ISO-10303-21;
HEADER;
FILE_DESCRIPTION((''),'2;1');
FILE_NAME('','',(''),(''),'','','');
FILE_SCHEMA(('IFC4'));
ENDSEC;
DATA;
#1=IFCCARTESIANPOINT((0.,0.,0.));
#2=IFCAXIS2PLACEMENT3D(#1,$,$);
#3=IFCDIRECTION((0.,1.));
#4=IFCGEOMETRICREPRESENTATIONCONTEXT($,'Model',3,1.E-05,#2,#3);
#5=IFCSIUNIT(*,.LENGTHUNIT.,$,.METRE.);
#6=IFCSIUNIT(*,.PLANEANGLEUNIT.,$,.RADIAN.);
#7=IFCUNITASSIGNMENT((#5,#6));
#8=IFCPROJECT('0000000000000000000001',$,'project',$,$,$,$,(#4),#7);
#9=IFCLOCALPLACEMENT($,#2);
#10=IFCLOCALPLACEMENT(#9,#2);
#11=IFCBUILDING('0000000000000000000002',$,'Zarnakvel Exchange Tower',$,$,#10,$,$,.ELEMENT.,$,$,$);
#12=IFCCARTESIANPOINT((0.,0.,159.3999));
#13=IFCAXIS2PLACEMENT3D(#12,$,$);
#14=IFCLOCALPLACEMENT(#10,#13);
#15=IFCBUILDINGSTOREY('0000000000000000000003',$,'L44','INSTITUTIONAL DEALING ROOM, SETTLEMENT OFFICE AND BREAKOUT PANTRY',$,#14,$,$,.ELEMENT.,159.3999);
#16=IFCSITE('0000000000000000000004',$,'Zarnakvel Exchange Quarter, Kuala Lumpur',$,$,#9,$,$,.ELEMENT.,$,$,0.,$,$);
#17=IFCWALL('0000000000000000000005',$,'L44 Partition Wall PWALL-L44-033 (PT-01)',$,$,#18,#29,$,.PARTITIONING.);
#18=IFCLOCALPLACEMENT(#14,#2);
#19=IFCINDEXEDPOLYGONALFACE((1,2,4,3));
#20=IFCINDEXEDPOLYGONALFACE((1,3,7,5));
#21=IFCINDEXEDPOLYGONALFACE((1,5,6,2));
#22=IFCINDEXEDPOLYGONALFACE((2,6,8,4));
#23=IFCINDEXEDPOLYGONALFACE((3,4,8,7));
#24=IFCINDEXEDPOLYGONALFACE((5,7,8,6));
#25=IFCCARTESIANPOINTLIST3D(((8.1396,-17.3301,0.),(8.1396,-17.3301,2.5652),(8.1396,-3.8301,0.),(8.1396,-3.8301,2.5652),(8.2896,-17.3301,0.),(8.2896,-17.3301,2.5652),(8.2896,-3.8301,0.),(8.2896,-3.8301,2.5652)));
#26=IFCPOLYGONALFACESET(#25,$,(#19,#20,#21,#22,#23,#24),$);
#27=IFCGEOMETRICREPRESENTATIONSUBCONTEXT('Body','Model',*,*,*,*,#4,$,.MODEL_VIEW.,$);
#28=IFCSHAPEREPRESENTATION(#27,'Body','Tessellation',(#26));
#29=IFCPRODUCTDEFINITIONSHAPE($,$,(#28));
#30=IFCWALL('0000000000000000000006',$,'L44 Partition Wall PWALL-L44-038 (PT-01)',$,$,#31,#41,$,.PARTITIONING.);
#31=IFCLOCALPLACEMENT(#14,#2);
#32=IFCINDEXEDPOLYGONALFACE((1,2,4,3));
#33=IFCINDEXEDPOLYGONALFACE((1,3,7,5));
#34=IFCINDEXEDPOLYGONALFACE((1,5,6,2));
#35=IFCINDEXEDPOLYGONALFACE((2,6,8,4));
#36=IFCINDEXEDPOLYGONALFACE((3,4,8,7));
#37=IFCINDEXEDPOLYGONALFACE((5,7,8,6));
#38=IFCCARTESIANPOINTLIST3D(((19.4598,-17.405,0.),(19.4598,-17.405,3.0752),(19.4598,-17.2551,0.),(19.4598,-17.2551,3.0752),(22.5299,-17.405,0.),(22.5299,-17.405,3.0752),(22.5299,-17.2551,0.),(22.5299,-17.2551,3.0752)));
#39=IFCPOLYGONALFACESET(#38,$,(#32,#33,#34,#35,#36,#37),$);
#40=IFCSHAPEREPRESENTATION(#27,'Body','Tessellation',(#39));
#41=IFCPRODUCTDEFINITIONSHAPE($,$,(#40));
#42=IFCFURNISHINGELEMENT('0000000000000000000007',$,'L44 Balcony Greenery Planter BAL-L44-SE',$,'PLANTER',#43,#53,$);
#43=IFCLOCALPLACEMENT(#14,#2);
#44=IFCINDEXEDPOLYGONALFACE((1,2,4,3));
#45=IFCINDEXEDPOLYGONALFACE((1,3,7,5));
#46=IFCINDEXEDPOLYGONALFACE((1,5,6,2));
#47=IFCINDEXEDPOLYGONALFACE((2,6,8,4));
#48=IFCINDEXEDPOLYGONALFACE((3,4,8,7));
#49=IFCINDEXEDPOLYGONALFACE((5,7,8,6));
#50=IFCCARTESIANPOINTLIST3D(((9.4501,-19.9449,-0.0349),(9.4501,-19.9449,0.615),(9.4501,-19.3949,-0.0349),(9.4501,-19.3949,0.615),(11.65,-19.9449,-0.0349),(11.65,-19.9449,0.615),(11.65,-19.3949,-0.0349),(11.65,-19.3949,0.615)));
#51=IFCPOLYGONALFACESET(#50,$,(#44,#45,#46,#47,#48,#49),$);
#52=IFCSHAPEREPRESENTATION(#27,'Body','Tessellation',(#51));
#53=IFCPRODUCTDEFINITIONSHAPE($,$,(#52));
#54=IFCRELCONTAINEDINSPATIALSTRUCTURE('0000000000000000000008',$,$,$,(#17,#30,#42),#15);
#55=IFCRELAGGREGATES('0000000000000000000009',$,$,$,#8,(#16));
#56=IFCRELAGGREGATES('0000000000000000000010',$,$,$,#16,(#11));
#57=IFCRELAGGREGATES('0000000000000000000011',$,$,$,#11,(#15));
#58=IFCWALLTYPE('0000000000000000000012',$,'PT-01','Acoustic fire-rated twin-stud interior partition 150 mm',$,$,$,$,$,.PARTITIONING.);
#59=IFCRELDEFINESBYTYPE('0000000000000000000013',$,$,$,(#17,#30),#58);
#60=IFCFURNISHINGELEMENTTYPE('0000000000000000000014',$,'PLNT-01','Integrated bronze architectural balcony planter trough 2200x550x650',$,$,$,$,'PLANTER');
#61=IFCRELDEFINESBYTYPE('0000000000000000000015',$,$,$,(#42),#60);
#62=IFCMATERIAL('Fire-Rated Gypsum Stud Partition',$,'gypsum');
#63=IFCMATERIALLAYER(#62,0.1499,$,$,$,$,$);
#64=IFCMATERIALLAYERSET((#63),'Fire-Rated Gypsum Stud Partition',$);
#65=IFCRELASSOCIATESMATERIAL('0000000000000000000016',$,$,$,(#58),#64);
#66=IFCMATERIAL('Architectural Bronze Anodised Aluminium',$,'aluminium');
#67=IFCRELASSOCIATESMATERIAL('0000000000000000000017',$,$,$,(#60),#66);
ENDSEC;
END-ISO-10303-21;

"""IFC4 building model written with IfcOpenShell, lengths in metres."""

from ifc_helpers import new_model, si_unit, direction, frame, frame_2d, origin, origin_2d, place, context, subcontext, project, spatial, rectangle, extrude, source, transform, mapped, material, layer, layer_set, type_object, element, save


model = new_model("IFC4")

# Units and contexts
model_context = context("Model", 3, precision=1e-05, world=origin(), true_north=direction((0.0, 1.0)))
body_context = subcontext(model_context, "Body", "Model", "MODEL_VIEW")
ifc_project = project(units=[si_unit("LENGTHUNIT", "METRE"), si_unit("PLANEANGLEUNIT", "RADIAN")], contexts=[model_context])

# Site, building, storey
site_placement = place(None, origin())
site = spatial("IfcSite", under=ifc_project, at=site_placement, Name="Zarnakvel Exchange Quarter, Kuala Lumpur", CompositionType="ELEMENT", RefElevation=0.0)
building_placement = place(site_placement, origin())
building = spatial("IfcBuilding", under=site, at=building_placement, Name="Zarnakvel Exchange Tower", CompositionType="ELEMENT")
storey_placement = place(building_placement, frame((0.0, 0.0, 159.3999)))
storey = spatial("IfcBuildingStorey", under=building, at=storey_placement, Name="L44", Description="INSTITUTIONAL DEALING ROOM, SETTLEMENT OFFICE AND BREAKOUT PANTRY", CompositionType="ELEMENT", Elevation=159.3999)

# Shared definitions
ifc_material_1 = material(Name="Architectural Bronze Anodised Aluminium", Category="aluminium")

# Walls
ifc_material_2 = material(Name="Fire-Rated Gypsum Stud Partition", Category="gypsum")
ifc_layer_1 = layer(ifc_material_2, 0.1499)
ifc_layer_set_1 = layer_set([ifc_layer_1], Name="Fire-Rated Gypsum Stud Partition")
wall_type_1 = type_object("IfcWallType", Name="PT-01", Description="Acoustic fire-rated twin-stud interior partition 150 mm", PredefinedType="PARTITIONING", material=ifc_layer_set_1)
wall_1_placement = place(storey_placement, frame((8.2146, -17.3301, 0.0), z_axis=(0.0, 0.0, 1.0), x_axis=(0.0, 1.0, 0.0)))
element("IfcWall", 1, at=wall_1_placement, inside=storey, type_object=wall_type_1, Name="L44 Partition Wall PWALL-L44-033 (PT-01)", PredefinedType="PARTITIONING", context=body_context, shape_type="SweptSolid", body=[
    extrude(rectangle(XDim=13.5, YDim=0.1499, at=frame_2d((6.75, 0.0))), origin(), (0.0, 0.0, 1.0), 2.5652),
])
wall_2_placement = place(storey_placement, frame((22.53, -17.3301, 0.0), z_axis=(0.0, 0.0, 1.0), x_axis=(-1.0, 0.0, 0.0)))
element("IfcWall", 2, at=wall_2_placement, inside=storey, type_object=wall_type_1, Name="L44 Partition Wall PWALL-L44-038 (PT-01)", PredefinedType="PARTITIONING", context=body_context, shape_type="SweptSolid", body=[
    extrude(rectangle(XDim=3.0701, YDim=0.1499, at=frame_2d((1.5352, 0.0))), origin(), (0.0, 0.0, 1.0), 3.0752),
])

# Furnishing element
furnishing_element_type = type_object("IfcFurnishingElementType", Name="PLNT-01", Description="Integrated bronze architectural balcony planter trough 2200x550x650", ElementType="PLANTER", material=ifc_material_1)
shared_shape_1 = source(origin(), body_context, "Body", "SweptSolid", [
    extrude(rectangle(XDim=2.2, YDim=0.55, at=origin_2d()), origin(), (0.0, 0.0, 1.0), 0.6499),
])
furnishing_placement = place(storey_placement, frame((10.55, -19.6699, -0.0349), z_axis=(0.0, 0.0, 1.0), x_axis=(1.0, 0.0, 0.0)))
element("IfcFurnishingElement", 3, at=furnishing_placement, inside=storey, type_object=furnishing_element_type, Name="L44 Balcony Greenery Planter BAL-L44-SE", ObjectType="PLANTER", context=body_context, shape_type="MappedRepresentation", body=[
    mapped(shared_shape_1, transform((0.0, 0.0, 0.0), x_axis=(1.0, 0.0, 0.0), y_axis=(0.0, 1.0, 0.0), z_axis=(0.0, 0.0, 1.0), scale=1.0)),
])

save(model, "model.ifc")
